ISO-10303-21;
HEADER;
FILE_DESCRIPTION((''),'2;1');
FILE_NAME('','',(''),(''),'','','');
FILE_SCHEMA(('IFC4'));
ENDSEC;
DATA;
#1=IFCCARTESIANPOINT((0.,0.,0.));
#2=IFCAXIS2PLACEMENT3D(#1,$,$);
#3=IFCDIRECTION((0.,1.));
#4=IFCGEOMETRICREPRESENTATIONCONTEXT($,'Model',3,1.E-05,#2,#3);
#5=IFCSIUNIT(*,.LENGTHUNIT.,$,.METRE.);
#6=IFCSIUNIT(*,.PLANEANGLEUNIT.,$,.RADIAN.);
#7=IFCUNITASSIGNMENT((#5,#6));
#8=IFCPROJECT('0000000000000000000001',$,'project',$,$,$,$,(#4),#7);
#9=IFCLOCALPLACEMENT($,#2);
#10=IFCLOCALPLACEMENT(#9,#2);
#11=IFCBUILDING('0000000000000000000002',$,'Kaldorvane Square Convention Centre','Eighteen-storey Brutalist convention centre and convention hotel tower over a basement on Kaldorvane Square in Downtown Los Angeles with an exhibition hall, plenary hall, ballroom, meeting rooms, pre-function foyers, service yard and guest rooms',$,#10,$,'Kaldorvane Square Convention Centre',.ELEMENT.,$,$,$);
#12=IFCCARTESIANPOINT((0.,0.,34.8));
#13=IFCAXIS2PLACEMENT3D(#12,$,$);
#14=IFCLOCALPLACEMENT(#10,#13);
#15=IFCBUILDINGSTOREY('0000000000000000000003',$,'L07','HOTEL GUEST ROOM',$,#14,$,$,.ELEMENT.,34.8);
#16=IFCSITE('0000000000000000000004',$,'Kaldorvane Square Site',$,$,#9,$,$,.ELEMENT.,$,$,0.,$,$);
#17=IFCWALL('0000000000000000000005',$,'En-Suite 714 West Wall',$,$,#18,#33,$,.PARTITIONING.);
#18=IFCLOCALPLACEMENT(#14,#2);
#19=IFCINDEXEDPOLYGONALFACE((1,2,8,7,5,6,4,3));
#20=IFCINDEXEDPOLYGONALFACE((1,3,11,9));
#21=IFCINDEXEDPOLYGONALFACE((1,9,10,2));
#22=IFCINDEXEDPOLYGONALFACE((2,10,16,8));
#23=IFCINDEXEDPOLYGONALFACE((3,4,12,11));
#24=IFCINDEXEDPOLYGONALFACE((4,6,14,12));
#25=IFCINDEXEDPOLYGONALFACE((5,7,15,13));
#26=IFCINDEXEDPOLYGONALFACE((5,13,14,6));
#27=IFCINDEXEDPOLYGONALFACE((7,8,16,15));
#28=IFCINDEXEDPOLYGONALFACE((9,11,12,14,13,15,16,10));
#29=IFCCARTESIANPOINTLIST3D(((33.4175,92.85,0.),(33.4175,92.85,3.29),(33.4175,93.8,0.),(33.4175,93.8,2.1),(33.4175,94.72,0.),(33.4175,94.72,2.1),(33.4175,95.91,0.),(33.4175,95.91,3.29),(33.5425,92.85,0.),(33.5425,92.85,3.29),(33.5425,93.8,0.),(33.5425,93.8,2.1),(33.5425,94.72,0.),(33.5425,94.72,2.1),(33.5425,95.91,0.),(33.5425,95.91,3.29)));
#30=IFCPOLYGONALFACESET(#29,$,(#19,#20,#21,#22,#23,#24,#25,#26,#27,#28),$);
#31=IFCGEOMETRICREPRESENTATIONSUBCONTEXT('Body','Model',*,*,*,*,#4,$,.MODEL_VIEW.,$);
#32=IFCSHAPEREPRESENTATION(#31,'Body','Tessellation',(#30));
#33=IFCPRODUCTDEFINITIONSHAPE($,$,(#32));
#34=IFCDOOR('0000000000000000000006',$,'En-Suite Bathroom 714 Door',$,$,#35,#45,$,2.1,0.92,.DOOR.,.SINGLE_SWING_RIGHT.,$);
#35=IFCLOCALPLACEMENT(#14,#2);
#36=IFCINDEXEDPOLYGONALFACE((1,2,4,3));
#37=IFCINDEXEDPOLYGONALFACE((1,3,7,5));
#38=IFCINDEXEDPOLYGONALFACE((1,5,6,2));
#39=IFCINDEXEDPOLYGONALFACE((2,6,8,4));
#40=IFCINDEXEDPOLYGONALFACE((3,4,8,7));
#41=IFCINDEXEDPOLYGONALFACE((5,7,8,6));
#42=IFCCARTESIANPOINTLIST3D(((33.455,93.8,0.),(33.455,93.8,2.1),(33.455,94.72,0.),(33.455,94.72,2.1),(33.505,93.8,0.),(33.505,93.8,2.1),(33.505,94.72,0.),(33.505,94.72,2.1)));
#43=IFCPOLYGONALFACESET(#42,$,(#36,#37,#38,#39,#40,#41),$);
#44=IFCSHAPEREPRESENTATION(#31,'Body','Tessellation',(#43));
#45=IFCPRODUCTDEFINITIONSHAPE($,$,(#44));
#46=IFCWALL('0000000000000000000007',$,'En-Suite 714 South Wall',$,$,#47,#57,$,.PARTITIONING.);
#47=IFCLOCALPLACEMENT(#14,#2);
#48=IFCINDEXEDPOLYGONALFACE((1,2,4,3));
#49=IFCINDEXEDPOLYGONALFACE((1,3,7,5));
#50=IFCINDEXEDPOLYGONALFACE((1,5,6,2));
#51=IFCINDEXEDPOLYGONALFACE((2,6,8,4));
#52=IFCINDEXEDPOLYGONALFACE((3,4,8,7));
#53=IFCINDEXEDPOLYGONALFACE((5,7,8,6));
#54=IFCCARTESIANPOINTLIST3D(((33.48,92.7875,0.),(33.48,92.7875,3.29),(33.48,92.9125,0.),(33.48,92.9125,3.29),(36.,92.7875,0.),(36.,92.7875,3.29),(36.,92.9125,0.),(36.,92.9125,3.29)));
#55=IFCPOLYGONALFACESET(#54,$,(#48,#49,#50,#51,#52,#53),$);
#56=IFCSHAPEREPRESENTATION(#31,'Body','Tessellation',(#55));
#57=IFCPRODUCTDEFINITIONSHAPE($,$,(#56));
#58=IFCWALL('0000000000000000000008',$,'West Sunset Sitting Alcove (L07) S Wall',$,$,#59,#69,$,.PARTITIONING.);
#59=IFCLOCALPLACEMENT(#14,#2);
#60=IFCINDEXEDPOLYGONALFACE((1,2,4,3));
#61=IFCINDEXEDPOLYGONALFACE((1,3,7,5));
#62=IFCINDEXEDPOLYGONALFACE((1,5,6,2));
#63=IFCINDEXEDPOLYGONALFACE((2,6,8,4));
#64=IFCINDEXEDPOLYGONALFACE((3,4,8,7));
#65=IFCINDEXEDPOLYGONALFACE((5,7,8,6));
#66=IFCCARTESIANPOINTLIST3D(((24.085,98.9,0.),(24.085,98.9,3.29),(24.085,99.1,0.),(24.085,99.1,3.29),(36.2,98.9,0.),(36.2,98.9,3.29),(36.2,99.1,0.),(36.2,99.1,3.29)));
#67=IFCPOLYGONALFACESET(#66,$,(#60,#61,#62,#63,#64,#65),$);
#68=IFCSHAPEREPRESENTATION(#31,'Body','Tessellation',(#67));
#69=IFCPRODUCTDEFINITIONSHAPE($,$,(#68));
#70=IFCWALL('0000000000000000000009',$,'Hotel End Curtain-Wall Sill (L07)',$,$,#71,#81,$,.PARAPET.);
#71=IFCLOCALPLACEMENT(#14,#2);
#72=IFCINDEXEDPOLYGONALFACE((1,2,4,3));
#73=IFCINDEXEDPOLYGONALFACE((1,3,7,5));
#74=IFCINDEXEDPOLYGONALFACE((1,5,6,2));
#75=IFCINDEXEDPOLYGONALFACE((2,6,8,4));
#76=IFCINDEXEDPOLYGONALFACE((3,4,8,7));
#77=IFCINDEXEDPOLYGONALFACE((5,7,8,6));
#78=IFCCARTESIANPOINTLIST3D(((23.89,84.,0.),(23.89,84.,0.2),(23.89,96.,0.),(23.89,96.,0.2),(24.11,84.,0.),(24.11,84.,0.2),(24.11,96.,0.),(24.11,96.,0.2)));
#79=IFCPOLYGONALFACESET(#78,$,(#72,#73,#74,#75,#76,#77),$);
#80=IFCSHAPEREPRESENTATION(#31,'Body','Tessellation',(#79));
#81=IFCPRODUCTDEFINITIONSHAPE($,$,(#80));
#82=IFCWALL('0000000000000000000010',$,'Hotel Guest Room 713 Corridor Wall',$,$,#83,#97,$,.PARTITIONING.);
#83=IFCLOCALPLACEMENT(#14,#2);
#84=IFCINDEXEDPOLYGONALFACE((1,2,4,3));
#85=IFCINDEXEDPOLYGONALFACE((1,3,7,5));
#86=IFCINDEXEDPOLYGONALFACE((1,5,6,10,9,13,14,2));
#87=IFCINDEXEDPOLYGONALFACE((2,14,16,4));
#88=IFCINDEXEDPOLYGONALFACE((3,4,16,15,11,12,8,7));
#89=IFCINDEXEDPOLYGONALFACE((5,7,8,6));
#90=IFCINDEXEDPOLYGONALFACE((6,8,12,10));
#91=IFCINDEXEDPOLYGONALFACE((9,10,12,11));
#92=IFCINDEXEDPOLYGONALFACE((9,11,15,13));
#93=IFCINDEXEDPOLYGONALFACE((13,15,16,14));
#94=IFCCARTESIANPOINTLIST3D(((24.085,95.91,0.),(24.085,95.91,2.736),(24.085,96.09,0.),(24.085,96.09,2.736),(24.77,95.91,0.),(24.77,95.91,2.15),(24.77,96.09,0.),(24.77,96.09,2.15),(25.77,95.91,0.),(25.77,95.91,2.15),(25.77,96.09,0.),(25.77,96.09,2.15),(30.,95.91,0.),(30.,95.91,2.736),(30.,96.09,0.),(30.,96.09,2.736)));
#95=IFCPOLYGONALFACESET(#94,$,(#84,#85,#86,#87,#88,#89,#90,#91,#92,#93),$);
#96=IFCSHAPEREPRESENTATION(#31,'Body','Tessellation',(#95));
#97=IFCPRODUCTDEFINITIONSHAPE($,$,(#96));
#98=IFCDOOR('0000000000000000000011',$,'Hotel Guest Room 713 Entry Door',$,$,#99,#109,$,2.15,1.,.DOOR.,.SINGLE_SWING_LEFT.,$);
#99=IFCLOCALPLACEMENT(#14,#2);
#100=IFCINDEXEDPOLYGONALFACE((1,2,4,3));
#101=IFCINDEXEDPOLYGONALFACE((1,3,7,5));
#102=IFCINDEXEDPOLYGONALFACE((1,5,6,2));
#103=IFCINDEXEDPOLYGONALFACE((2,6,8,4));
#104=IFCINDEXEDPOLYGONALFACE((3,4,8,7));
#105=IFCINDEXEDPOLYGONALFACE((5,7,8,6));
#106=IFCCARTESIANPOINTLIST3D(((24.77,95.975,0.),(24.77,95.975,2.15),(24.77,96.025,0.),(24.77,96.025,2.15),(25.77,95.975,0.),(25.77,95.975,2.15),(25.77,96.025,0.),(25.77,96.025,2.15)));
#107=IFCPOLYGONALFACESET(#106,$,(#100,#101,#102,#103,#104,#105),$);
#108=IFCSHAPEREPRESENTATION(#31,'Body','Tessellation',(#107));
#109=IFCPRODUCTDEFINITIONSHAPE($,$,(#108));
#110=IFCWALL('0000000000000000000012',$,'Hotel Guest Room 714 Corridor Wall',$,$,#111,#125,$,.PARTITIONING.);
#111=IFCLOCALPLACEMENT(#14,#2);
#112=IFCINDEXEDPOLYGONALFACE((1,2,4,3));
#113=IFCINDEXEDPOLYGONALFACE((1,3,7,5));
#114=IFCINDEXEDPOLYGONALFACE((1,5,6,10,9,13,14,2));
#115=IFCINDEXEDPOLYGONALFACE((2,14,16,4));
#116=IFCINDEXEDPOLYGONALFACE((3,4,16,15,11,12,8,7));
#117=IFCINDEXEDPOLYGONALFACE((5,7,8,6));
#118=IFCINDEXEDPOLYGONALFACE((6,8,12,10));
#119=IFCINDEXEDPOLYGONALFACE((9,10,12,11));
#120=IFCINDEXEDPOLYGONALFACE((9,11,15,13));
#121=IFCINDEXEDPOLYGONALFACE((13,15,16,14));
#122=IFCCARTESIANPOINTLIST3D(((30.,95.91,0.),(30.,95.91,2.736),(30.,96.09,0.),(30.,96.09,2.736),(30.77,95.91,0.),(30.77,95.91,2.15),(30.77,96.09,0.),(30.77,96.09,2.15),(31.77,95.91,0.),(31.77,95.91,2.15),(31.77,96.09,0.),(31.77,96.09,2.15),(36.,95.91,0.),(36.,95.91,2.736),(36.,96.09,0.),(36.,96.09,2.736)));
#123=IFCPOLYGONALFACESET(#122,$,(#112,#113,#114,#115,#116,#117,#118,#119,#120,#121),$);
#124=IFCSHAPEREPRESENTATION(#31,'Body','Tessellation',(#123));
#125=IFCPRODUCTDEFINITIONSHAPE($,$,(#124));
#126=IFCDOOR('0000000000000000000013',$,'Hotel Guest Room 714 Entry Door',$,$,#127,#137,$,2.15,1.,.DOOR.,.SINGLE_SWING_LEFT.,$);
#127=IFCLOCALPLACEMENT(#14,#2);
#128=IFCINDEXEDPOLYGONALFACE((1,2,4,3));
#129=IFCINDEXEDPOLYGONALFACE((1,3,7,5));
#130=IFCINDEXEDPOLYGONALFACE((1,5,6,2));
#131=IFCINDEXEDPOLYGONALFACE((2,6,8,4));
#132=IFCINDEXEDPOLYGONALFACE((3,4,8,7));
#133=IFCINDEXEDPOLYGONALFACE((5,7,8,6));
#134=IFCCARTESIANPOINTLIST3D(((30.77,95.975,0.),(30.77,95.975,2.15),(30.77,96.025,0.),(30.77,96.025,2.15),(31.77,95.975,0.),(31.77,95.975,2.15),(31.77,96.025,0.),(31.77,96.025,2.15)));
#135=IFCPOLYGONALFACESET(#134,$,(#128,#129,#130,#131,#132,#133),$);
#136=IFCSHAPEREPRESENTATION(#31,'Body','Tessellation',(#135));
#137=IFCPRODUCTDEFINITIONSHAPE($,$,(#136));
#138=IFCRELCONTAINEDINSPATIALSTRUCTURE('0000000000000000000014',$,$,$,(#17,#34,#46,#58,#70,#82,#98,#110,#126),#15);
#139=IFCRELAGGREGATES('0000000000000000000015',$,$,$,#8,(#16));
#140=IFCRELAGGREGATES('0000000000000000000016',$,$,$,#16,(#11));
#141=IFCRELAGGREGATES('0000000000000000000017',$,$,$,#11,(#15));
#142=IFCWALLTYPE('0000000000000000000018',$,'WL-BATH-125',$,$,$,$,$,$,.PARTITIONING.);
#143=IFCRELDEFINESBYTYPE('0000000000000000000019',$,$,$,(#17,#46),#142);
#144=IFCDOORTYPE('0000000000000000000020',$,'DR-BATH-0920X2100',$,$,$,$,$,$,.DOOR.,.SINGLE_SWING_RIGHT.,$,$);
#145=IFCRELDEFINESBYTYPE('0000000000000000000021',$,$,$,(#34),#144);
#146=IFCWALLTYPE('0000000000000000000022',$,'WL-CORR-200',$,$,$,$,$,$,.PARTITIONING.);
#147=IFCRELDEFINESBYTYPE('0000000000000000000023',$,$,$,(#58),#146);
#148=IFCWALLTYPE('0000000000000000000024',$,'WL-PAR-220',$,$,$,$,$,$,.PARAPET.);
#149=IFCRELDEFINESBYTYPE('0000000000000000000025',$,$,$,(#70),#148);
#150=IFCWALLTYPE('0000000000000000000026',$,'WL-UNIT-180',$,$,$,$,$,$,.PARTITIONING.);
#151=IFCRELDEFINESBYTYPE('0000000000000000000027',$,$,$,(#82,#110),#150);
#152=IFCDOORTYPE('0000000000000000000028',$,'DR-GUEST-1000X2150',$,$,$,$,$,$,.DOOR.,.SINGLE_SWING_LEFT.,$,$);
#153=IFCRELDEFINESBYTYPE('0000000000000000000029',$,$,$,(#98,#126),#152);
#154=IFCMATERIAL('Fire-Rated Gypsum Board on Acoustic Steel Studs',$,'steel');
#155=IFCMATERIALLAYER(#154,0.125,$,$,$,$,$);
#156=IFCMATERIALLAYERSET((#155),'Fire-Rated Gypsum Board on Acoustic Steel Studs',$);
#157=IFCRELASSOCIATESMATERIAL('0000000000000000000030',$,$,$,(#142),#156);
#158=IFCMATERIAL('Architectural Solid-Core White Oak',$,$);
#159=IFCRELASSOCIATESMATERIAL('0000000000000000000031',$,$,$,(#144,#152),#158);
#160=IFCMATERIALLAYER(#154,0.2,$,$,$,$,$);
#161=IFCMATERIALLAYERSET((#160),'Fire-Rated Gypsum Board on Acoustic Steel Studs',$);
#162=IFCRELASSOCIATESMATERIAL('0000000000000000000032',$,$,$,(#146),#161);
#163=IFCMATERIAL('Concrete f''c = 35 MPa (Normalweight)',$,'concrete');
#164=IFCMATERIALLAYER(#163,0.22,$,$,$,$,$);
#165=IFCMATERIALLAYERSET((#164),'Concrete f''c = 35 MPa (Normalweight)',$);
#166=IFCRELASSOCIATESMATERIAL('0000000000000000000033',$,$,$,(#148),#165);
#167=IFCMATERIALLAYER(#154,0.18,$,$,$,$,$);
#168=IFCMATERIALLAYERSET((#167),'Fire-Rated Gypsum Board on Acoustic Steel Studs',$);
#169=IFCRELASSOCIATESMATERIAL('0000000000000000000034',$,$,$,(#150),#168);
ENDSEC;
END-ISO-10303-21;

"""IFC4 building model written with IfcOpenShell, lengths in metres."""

from ifc_helpers import new_model, si_unit, direction, frame, frame_2d, origin, place, context, subcontext, project, spatial, rectangle, extrude, material, layer, layer_set, type_object, element, fill, save


model = new_model("IFC4")

# Units and contexts
model_context = context("Model", 3, precision=1e-05, world=origin(), true_north=direction((0.0, 1.0)))
body_context = subcontext(model_context, "Body", "Model", "MODEL_VIEW")
ifc_project = project(units=[si_unit("LENGTHUNIT", "METRE"), si_unit("PLANEANGLEUNIT", "RADIAN")], contexts=[model_context])

# Site, building, storey
site_placement = place(None, origin())
site = spatial("IfcSite", under=ifc_project, at=site_placement, Name="Kaldorvane Square Site", CompositionType="ELEMENT", RefElevation=0.0)
building_placement = place(site_placement, origin())
building = spatial("IfcBuilding", under=site, at=building_placement, Name="Kaldorvane Square Convention Centre", Description="Eighteen-storey Brutalist convention centre and convention hotel tower over a basement on Kaldorvane Square in Downtown Los Angeles with an exhibition hall, plenary hall, ballroom, meeting rooms, pre-function foyers, service yard and guest rooms", LongName="Kaldorvane Square Convention Centre", CompositionType="ELEMENT")
storey_placement = place(building_placement, frame((0.0, 0.0, 34.8)))
storey = spatial("IfcBuildingStorey", under=building, at=storey_placement, Name="L07", Description="HOTEL GUEST ROOM", CompositionType="ELEMENT", Elevation=34.8)

# Shared definitions
ifc_material_1 = material(Name="Fire-Rated Gypsum Board on Acoustic Steel Studs", Category="steel")
ifc_layer_1 = layer(ifc_material_1, 0.125)
ifc_layer_set_1 = layer_set([ifc_layer_1], Name="Fire-Rated Gypsum Board on Acoustic Steel Studs")
wall_type_1 = type_object("IfcWallType", Name="WL-BATH-125", PredefinedType="PARTITIONING", material=ifc_layer_set_1)
ifc_material_2 = material(Name="Architectural Solid-Core White Oak")
door_type_1 = type_object("IfcDoorType", Name="DR-BATH-0920X2100", OperationType="SINGLE_SWING_RIGHT", PredefinedType="DOOR", material=ifc_material_2)

# Wall, opening, door
wall_1_placement = place(storey_placement, frame((33.48, 92.85, 0.0), z_axis=(0.0, 0.0, 1.0), x_axis=(0.0, 1.0, 0.0)))
wall_1 = element("IfcWall", 1, at=wall_1_placement, inside=storey, type_object=wall_type_1, Name="En-Suite 714 West Wall", PredefinedType="PARTITIONING", context=body_context, shape_type="SweptSolid", body=[
    extrude(rectangle(XDim=3.06, YDim=0.125, at=frame_2d((1.53, 0.0))), origin(), (0.0, 0.0, 1.0), 3.29),
])
opening_1_placement = place(wall_1_placement, frame((0.95, 0.0, 0.0)))
opening_1 = element("IfcOpeningElement", 2, at=opening_1_placement, cuts=wall_1, PredefinedType="OPENING", context=body_context, shape_type="SweptSolid", body=[
    extrude(rectangle(XDim=0.92, YDim=2.1, at=frame_2d((0.46, 1.05))), frame((0.0, 0.0775, 0.0), z_axis=(0.0, -1.0, 0.0), x_axis=(1.0, 0.0, 0.0)), (0.0, 0.0, 1.0), 0.155),
])
door_1_placement = place(opening_1_placement, origin())
door_1 = element("IfcDoor", 3, at=door_1_placement, inside=storey, type_object=door_type_1, Name="En-Suite Bathroom 714 Door", OperationType="SINGLE_SWING_RIGHT", OverallHeight=2.1, OverallWidth=0.92, PredefinedType="DOOR", context=body_context, shape_type="SweptSolid", body=[
    extrude(rectangle(XDim=0.92, YDim=2.1, at=frame_2d((0.46, 1.05))), frame((0.0, 0.025, 0.0), z_axis=(0.0, -1.0, 0.0), x_axis=(1.0, 0.0, 0.0)), (0.0, 0.0, 1.0), 0.05),
])
fill(opening_1, door_1)

# Walls
wall_2_placement = place(storey_placement, frame((33.48, 92.85, 0.0), z_axis=(0.0, 0.0, 1.0), x_axis=(1.0, 0.0, 0.0)))
element("IfcWall", 4, at=wall_2_placement, inside=storey, type_object=wall_type_1, Name="En-Suite 714 South Wall", PredefinedType="PARTITIONING", context=body_context, shape_type="SweptSolid", body=[
    extrude(rectangle(XDim=2.52, YDim=0.125, at=frame_2d((1.26, 0.0))), origin(), (0.0, 0.0, 1.0), 3.29),
])
ifc_layer_2 = layer(ifc_material_1, 0.2)
ifc_layer_set_2 = layer_set([ifc_layer_2], Name="Fire-Rated Gypsum Board on Acoustic Steel Studs")
wall_type_2 = type_object("IfcWallType", Name="WL-CORR-200", PredefinedType="PARTITIONING", material=ifc_layer_set_2)
wall_3_placement = place(storey_placement, frame((24.085, 99.0, 0.0), z_axis=(0.0, 0.0, 1.0), x_axis=(1.0, 0.0, 0.0)))
element("IfcWall", 5, at=wall_3_placement, inside=storey, type_object=wall_type_2, Name="West Sunset Sitting Alcove (L07) S Wall", PredefinedType="PARTITIONING", context=body_context, shape_type="SweptSolid", body=[
    extrude(rectangle(XDim=12.115, YDim=0.2, at=frame_2d((6.0575, 0.0))), origin(), (0.0, 0.0, 1.0), 3.29),
])
ifc_material_3 = material(Name="Concrete f'c = 35 MPa (Normalweight)", Category="concrete")
ifc_layer_3 = layer(ifc_material_3, 0.22)
ifc_layer_set_3 = layer_set([ifc_layer_3], Name="Concrete f'c = 35 MPa (Normalweight)")
wall_type_3 = type_object("IfcWallType", Name="WL-PAR-220", PredefinedType="PARAPET", material=ifc_layer_set_3)
wall_4_placement = place(storey_placement, frame((24.0, 96.0, 0.0), z_axis=(0.0, 0.0, 1.0), x_axis=(0.0, -1.0, 0.0)))
element("IfcWall", 6, at=wall_4_placement, inside=storey, type_object=wall_type_3, Name="Hotel End Curtain-Wall Sill (L07)", PredefinedType="PARAPET", context=body_context, shape_type="SweptSolid", body=[
    extrude(rectangle(XDim=12.0, YDim=0.22, at=frame_2d((6.0, 0.0))), origin(), (0.0, 0.0, 1.0), 0.2),
])

# Walls, openings, doors
ifc_layer_4 = layer(ifc_material_1, 0.18)
ifc_layer_set_4 = layer_set([ifc_layer_4], Name="Fire-Rated Gypsum Board on Acoustic Steel Studs")
wall_type_4 = type_object("IfcWallType", Name="WL-UNIT-180", PredefinedType="PARTITIONING", material=ifc_layer_set_4)
wall_5_placement = place(storey_placement, frame((24.085, 96.0, 0.0), z_axis=(0.0, 0.0, 1.0), x_axis=(1.0, 0.0, 0.0)))
wall_5 = element("IfcWall", 7, at=wall_5_placement, inside=storey, type_object=wall_type_4, Name="Hotel Guest Room 713 Corridor Wall", PredefinedType="PARTITIONING", context=body_context, shape_type="SweptSolid", body=[
    extrude(rectangle(XDim=5.915, YDim=0.18, at=frame_2d((2.9575, 0.0))), origin(), (0.0, 0.0, 1.0), 2.736),
])
opening_2_placement = place(wall_5_placement, frame((0.685, 0.0, 0.0)))
opening_2 = element("IfcOpeningElement", 8, at=opening_2_placement, cuts=wall_5, PredefinedType="OPENING", context=body_context, shape_type="SweptSolid", body=[
    extrude(rectangle(XDim=1.0, YDim=2.15, at=frame_2d((0.5, 1.075))), frame((0.0, 0.105, 0.0), z_axis=(0.0, -1.0, 0.0), x_axis=(1.0, 0.0, 0.0)), (0.0, 0.0, 1.0), 0.21),
])
door_type_2 = type_object("IfcDoorType", Name="DR-GUEST-1000X2150", OperationType="SINGLE_SWING_LEFT", PredefinedType="DOOR", material=ifc_material_2)
door_2_placement = place(opening_2_placement, origin())
door_2 = element("IfcDoor", 9, at=door_2_placement, inside=storey, type_object=door_type_2, Name="Hotel Guest Room 713 Entry Door", OperationType="SINGLE_SWING_LEFT", OverallHeight=2.15, OverallWidth=1.0, PredefinedType="DOOR", context=body_context, shape_type="SweptSolid", body=[
    extrude(rectangle(XDim=1.0, YDim=2.15, at=frame_2d((0.5, 1.075))), frame((0.0, 0.025, 0.0), z_axis=(0.0, -1.0, 0.0), x_axis=(1.0, 0.0, 0.0)), (0.0, 0.0, 1.0), 0.05),
])
fill(opening_2, door_2)
wall_6_placement = place(storey_placement, frame((30.0, 96.0, 0.0), z_axis=(0.0, 0.0, 1.0), x_axis=(1.0, 0.0, 0.0)))
wall_6 = element("IfcWall", 10, at=wall_6_placement, inside=storey, type_object=wall_type_4, Name="Hotel Guest Room 714 Corridor Wall", PredefinedType="PARTITIONING", context=body_context, shape_type="SweptSolid", body=[
    extrude(rectangle(XDim=6.0, YDim=0.18, at=frame_2d((3.0, 0.0))), origin(), (0.0, 0.0, 1.0), 2.736),
])
opening_3_placement = place(wall_6_placement, frame((0.77, 0.0, 0.0)))
opening_3 = element("IfcOpeningElement", 11, at=opening_3_placement, cuts=wall_6, PredefinedType="OPENING", context=body_context, shape_type="SweptSolid", body=[
    extrude(rectangle(XDim=1.0, YDim=2.15, at=frame_2d((0.5, 1.075))), frame((0.0, 0.105, 0.0), z_axis=(0.0, -1.0, 0.0), x_axis=(1.0, 0.0, 0.0)), (0.0, 0.0, 1.0), 0.21),
])
door_3_placement = place(opening_3_placement, origin())
door_3 = element("IfcDoor", 12, at=door_3_placement, inside=storey, type_object=door_type_2, Name="Hotel Guest Room 714 Entry Door", OperationType="SINGLE_SWING_LEFT", OverallHeight=2.15, OverallWidth=1.0, PredefinedType="DOOR", context=body_context, shape_type="SweptSolid", body=[
    extrude(rectangle(XDim=1.0, YDim=2.15, at=frame_2d((0.5, 1.075))), frame((0.0, 0.025, 0.0), z_axis=(0.0, -1.0, 0.0), x_axis=(1.0, 0.0, 0.0)), (0.0, 0.0, 1.0), 0.05),
])
fill(opening_3, door_3)

save(model, "model.ifc")
